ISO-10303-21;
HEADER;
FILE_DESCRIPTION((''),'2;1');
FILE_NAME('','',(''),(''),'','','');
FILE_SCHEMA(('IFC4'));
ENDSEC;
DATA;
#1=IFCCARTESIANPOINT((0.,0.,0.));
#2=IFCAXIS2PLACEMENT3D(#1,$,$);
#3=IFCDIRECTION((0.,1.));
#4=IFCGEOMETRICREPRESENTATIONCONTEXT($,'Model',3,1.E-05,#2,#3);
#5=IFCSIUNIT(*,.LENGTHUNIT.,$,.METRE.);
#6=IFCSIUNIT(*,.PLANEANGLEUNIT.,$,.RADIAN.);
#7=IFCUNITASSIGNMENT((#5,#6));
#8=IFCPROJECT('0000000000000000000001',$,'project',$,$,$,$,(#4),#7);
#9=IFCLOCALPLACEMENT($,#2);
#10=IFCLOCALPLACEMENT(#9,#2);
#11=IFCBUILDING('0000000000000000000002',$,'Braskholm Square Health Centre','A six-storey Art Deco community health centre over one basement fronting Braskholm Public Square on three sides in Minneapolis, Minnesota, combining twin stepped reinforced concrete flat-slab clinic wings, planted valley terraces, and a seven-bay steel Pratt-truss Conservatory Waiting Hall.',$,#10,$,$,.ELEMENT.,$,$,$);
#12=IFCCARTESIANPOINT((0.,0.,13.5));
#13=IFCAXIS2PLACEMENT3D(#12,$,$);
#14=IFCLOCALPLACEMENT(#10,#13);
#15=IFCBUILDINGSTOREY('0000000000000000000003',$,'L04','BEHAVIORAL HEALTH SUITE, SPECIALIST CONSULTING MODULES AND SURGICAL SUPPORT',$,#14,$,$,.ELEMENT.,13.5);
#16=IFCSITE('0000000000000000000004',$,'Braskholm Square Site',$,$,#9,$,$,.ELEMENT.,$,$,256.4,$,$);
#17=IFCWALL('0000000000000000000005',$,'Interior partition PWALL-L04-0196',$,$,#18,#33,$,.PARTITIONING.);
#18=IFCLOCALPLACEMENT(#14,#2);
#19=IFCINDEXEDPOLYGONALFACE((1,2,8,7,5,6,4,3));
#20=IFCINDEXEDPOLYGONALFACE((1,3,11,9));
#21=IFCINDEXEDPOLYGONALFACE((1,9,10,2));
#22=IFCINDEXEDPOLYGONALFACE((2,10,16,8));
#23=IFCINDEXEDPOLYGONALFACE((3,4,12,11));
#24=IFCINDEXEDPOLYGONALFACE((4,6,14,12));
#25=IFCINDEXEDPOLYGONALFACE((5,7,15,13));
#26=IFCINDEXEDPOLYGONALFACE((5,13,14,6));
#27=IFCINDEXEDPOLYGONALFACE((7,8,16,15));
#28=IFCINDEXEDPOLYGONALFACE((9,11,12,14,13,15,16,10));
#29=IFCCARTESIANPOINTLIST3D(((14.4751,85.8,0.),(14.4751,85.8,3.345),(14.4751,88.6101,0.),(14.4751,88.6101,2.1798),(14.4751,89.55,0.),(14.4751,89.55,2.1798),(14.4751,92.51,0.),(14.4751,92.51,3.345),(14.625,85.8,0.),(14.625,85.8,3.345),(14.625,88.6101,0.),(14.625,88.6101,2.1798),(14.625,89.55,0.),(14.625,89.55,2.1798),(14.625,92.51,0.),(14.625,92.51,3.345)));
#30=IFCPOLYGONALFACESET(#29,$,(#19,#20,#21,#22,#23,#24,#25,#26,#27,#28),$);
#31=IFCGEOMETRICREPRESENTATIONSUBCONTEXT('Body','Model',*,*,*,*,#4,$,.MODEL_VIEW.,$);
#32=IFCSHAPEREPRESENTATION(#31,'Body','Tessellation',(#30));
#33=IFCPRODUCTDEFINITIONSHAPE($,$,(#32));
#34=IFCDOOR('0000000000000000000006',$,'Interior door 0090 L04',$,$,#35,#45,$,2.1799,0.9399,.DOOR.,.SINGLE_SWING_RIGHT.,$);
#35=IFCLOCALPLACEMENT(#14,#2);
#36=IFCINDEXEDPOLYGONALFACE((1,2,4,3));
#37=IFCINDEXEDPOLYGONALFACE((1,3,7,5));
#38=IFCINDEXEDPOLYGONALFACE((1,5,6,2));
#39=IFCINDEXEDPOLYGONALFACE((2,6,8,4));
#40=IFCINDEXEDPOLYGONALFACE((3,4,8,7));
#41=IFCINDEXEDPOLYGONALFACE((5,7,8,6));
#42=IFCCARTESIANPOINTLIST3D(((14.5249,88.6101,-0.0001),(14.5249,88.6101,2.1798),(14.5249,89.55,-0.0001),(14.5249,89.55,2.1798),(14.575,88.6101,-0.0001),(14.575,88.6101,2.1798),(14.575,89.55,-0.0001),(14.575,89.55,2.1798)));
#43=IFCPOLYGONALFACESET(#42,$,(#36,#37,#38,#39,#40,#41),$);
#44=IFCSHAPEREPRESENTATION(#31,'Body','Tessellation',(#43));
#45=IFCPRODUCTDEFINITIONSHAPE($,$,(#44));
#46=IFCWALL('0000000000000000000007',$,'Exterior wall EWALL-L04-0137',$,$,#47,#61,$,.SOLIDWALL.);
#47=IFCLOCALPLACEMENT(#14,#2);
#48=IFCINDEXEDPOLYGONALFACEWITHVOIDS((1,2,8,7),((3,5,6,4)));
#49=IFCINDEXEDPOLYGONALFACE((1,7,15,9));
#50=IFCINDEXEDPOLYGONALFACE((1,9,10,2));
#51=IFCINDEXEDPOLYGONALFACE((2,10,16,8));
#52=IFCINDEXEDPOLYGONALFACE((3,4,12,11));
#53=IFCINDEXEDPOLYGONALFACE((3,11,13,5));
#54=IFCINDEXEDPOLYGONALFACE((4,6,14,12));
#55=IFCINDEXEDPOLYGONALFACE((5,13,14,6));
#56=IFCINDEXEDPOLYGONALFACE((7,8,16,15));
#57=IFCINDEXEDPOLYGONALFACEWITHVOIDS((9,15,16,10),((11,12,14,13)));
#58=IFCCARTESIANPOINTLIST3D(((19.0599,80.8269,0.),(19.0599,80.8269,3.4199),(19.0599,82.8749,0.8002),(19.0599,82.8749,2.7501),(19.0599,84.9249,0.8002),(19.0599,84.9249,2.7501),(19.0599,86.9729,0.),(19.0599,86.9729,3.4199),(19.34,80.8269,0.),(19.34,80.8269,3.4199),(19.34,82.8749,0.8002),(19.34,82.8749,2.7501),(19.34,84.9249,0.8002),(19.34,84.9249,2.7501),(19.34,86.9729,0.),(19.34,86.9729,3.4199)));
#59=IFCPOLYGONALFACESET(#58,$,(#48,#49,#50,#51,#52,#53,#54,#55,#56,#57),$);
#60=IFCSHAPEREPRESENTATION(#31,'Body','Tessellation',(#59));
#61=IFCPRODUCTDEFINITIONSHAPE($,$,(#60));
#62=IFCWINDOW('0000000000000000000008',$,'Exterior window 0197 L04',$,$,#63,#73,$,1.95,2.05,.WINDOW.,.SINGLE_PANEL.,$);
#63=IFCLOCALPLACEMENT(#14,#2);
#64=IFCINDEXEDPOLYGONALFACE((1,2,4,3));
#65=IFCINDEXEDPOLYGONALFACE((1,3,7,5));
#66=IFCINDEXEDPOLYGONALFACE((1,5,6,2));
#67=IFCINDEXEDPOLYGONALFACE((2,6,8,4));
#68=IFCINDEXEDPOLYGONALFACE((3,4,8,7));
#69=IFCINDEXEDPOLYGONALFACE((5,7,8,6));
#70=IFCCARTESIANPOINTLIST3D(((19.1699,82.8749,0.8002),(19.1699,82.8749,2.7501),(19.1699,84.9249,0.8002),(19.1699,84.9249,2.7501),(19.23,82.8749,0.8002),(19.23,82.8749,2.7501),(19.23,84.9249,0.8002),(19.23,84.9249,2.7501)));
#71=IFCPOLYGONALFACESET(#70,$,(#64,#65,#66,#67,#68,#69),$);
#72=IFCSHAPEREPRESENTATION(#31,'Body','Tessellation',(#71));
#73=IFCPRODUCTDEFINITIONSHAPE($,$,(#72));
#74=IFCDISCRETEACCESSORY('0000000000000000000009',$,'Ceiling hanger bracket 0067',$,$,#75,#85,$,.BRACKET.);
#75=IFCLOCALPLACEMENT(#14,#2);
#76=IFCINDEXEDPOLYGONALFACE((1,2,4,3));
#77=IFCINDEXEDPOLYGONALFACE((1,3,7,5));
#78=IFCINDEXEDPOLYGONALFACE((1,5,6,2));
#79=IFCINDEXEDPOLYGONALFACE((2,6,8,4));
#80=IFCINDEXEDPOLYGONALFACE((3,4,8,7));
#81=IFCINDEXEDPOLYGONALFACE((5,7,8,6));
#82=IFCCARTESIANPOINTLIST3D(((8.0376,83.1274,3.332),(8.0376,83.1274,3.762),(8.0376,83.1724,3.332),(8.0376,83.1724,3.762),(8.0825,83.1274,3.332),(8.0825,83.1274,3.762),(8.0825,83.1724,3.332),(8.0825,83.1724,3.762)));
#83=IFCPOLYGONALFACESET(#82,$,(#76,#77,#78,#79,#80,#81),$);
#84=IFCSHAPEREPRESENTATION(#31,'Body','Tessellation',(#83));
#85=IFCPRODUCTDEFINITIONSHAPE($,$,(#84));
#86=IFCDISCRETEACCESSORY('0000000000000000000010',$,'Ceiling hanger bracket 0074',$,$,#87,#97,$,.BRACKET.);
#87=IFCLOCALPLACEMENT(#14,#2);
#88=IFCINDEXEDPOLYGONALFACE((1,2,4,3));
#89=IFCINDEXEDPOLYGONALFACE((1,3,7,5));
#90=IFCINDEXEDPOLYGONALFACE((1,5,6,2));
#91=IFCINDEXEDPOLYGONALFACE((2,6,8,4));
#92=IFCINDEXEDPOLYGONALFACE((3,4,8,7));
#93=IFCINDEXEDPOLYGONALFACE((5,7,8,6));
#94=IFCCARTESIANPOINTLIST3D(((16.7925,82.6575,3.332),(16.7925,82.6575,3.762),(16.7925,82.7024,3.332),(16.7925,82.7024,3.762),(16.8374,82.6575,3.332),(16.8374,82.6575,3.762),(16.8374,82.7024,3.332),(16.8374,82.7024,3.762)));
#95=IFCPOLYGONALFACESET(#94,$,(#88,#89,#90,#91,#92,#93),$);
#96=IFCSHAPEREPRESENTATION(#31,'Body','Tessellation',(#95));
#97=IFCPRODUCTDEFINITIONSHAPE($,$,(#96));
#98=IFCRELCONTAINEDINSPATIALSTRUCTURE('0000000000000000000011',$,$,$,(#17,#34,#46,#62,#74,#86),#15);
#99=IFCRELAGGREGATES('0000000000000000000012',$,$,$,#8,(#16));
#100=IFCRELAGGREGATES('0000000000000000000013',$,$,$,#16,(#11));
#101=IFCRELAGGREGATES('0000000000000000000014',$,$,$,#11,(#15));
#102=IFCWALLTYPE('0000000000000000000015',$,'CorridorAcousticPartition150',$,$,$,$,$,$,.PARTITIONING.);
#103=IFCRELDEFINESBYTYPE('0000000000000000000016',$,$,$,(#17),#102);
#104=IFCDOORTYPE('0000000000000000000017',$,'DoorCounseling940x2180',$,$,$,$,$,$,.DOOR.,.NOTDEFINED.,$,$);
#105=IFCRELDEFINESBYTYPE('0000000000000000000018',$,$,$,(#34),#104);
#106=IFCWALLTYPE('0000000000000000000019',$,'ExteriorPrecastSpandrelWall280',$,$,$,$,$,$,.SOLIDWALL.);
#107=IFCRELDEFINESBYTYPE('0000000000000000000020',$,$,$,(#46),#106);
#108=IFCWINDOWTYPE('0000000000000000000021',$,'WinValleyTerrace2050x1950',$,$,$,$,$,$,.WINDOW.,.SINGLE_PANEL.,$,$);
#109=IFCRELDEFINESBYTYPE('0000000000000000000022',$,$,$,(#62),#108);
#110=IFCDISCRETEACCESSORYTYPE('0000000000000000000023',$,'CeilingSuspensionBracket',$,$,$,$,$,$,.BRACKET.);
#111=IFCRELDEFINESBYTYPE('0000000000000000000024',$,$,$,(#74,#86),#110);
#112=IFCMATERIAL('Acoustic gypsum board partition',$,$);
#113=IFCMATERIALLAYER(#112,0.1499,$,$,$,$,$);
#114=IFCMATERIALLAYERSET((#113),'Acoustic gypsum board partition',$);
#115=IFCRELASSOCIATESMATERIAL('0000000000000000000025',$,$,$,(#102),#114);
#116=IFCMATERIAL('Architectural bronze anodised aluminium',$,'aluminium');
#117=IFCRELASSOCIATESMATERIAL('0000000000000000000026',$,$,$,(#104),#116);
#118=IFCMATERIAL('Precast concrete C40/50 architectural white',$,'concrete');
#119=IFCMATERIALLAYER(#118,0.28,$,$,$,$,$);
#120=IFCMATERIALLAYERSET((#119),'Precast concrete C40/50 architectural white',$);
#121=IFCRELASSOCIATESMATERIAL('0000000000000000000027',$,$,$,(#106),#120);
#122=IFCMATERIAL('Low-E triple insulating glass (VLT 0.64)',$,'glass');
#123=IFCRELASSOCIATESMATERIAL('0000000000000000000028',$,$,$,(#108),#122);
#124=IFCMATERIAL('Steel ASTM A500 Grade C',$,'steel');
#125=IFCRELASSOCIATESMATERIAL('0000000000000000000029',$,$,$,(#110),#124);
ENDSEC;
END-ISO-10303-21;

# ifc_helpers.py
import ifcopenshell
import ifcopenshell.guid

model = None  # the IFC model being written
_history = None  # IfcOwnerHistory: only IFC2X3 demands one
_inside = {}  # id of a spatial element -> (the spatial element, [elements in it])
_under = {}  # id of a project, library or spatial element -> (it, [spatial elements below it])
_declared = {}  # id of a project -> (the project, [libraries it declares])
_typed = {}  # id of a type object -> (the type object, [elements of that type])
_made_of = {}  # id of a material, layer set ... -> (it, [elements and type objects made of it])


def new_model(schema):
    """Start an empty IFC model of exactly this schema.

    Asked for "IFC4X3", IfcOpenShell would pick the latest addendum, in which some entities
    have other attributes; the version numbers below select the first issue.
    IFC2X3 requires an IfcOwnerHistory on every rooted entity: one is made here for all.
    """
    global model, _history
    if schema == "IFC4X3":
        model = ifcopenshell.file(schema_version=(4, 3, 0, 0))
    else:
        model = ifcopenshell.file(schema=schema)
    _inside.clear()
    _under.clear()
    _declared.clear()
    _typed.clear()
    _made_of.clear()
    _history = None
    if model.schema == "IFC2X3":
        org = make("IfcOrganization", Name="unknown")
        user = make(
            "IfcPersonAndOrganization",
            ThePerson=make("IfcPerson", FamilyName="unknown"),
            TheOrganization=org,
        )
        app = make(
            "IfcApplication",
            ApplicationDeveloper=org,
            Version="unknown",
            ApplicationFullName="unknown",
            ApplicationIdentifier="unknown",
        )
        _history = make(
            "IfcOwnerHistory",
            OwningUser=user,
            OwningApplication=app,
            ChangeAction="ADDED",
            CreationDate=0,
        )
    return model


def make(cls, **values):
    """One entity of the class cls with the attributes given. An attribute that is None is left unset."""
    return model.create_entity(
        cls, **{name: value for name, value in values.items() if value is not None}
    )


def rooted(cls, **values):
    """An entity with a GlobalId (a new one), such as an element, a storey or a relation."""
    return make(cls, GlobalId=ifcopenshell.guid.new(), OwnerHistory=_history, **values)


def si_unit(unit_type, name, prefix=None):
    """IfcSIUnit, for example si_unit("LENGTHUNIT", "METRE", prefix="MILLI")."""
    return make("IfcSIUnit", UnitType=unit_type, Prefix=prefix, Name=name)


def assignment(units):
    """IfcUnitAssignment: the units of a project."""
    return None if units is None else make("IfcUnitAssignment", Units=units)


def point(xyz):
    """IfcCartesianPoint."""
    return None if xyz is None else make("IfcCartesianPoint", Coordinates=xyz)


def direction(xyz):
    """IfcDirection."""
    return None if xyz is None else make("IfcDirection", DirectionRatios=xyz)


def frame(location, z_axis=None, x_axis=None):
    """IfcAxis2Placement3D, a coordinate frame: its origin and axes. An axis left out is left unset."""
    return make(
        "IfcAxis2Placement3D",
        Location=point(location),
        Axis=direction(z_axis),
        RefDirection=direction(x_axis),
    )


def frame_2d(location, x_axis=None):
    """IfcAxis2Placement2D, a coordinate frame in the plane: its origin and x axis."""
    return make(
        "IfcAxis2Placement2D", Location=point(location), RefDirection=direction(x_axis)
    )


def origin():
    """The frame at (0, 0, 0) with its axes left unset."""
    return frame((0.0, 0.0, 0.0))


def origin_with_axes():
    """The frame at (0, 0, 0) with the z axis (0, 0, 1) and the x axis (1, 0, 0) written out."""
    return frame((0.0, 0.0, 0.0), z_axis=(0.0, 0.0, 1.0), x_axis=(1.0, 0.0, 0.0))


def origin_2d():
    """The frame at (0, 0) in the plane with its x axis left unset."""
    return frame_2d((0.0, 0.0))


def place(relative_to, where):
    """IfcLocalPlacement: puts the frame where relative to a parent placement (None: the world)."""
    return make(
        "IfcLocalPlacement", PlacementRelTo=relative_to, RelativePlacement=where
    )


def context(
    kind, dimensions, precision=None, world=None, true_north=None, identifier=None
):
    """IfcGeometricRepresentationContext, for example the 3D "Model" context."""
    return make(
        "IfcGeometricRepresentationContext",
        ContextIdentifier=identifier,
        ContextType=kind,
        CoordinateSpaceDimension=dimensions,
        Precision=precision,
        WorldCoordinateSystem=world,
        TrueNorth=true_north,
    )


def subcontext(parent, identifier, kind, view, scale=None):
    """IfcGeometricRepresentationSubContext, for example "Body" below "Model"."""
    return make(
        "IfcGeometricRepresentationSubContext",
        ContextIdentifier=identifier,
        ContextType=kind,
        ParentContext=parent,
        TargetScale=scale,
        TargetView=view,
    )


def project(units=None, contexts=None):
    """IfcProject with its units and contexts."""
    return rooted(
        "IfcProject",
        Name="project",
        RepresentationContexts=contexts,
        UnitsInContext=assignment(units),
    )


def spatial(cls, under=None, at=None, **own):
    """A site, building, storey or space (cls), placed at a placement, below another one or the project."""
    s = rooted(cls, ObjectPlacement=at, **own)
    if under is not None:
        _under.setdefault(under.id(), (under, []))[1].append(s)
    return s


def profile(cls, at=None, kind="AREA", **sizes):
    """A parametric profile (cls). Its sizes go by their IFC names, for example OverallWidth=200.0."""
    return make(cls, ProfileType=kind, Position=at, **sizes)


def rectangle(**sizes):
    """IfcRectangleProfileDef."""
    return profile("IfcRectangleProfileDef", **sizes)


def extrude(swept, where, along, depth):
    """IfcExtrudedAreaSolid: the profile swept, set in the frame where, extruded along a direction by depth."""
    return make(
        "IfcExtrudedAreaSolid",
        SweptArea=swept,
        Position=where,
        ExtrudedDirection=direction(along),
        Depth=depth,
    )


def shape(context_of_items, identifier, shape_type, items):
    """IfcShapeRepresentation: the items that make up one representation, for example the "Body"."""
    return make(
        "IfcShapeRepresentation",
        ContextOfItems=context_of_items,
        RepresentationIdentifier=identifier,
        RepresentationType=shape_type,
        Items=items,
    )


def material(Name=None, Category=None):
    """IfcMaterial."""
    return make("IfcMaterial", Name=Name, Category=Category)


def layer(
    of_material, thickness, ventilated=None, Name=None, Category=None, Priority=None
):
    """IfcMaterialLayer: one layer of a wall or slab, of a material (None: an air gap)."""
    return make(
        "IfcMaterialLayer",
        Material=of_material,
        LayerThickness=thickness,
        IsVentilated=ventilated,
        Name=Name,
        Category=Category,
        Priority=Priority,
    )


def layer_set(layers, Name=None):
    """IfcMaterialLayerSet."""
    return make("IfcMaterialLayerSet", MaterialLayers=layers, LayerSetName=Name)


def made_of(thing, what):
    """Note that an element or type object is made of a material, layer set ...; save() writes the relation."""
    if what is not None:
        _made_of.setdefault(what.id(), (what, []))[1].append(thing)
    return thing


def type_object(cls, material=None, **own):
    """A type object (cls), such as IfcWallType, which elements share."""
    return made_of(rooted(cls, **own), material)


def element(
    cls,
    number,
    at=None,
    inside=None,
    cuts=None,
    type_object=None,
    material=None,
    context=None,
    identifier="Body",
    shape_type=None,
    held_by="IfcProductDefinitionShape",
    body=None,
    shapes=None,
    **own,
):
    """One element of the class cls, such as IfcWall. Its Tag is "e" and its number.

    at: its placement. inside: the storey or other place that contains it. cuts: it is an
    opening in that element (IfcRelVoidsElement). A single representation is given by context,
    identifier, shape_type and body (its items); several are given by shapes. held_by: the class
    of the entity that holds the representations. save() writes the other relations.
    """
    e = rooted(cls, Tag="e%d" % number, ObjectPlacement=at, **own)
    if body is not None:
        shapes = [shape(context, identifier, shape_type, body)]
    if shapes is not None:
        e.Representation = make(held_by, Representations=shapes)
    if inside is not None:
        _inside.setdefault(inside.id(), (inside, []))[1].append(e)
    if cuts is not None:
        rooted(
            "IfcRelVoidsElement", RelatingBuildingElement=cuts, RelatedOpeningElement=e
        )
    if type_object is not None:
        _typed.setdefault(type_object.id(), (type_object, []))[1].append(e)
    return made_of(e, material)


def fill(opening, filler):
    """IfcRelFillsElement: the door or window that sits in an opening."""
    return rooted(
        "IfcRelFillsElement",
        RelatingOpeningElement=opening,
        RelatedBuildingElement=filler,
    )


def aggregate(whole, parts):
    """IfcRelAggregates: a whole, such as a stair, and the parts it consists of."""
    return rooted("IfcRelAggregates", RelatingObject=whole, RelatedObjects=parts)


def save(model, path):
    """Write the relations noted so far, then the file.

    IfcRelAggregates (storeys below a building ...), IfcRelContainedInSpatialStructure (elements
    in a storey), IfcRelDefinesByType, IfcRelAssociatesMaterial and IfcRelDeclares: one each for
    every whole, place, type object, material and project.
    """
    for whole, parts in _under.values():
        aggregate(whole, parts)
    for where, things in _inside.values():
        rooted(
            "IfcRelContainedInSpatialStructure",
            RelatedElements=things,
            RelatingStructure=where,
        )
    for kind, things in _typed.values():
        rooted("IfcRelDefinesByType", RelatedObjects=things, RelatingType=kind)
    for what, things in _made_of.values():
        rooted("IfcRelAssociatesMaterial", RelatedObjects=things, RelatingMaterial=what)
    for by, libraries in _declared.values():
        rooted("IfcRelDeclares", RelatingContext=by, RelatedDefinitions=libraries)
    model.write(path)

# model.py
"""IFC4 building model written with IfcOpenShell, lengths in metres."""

from ifc_helpers import new_model, si_unit, direction, frame, frame_2d, origin, origin_with_axes, origin_2d, place, context, subcontext, project, spatial, rectangle, extrude, material, layer, layer_set, type_object, element, fill, save


model = new_model("IFC4")

# Units and contexts
model_context = context("Model", 3, precision=1e-05, world=origin(), true_north=direction((0.0, 1.0)))
body_context = subcontext(model_context, "Body", "Model", "MODEL_VIEW")
ifc_project = project(units=[si_unit("LENGTHUNIT", "METRE"), si_unit("PLANEANGLEUNIT", "RADIAN")], contexts=[model_context])

# Site, building, storey
site_placement = place(None, origin())
site = spatial("IfcSite", under=ifc_project, at=site_placement, Name="Braskholm Square Site", CompositionType="ELEMENT", RefElevation=256.4)
building_placement = place(site_placement, origin())
building = spatial("IfcBuilding", under=site, at=building_placement, Name="Braskholm Square Health Centre", Description="A six-storey Art Deco community health centre over one basement fronting Braskholm Public Square on three sides in Minneapolis, Minnesota, combining twin stepped reinforced concrete flat-slab clinic wings, planted valley terraces, and a seven-bay steel Pratt-truss Conservatory Waiting Hall.", CompositionType="ELEMENT")
storey_placement = place(building_placement, frame((0.0, 0.0, 13.5)))
storey = spatial("IfcBuildingStorey", under=building, at=storey_placement, Name="L04", Description="BEHAVIORAL HEALTH SUITE, SPECIALIST CONSULTING MODULES AND SURGICAL SUPPORT", CompositionType="ELEMENT", Elevation=13.5)

# Shared definitions
ifc_material_1 = material(Name="Low-E triple insulating glass (VLT 0.64)", Category="glass")
ifc_material_2 = material(Name="Architectural bronze anodised aluminium", Category="aluminium")

# Wall, opening, door
ifc_material_3 = material(Name="Acoustic gypsum board partition")
ifc_layer_1 = layer(ifc_material_3, 0.1499)
ifc_layer_set_1 = layer_set([ifc_layer_1], Name="Acoustic gypsum board partition")
wall_type_1 = type_object("IfcWallType", Name="CorridorAcousticPartition150", PredefinedType="PARTITIONING", material=ifc_layer_set_1)
wall_1_placement = place(storey_placement, frame((14.55, 85.8, 0.0), z_axis=(0.0, 0.0, 1.0), x_axis=(0.0, 1.0, 0.0)))
wall_1 = element("IfcWall", 1, at=wall_1_placement, inside=storey, type_object=wall_type_1, Name="Interior partition PWALL-L04-0196", PredefinedType="PARTITIONING", context=body_context, shape_type="SweptSolid", body=[
    extrude(rectangle(XDim=6.71, YDim=0.1499, at=frame_2d((3.355, 0.0))), origin(), (0.0, 0.0, 1.0), 3.345),
])
opening_1_placement = place(wall_1_placement, frame((2.8101, 0.0, 0.0)))
opening_1 = element("IfcOpeningElement", 2, at=opening_1_placement, cuts=wall_1, PredefinedType="OPENING", context=body_context, shape_type="SweptSolid", body=[
    extrude(rectangle(XDim=0.9399, YDim=2.1799, at=frame_2d((0.47, 1.0898))), frame((0.0, 0.085, 0.0), z_axis=(0.0, -1.0, 0.0), x_axis=(1.0, 0.0, 0.0)), (0.0, 0.0, 1.0), 0.1699),
])
door_type_1 = type_object("IfcDoorType", Name="DoorCounseling940x2180", OperationType="NOTDEFINED", PredefinedType="DOOR", material=ifc_material_2)
door_1_placement = place(opening_1_placement, frame((0.9399, 0.0, 0.0), z_axis=(0.0, 0.0, 1.0), x_axis=(-1.0, 0.0, 0.0)))
door_1 = element("IfcDoor", 3, at=door_1_placement, inside=storey, type_object=door_type_1, Name="Interior door 0090 L04", OperationType="SINGLE_SWING_RIGHT", OverallHeight=2.1799, OverallWidth=0.9399, PredefinedType="DOOR", context=body_context, shape_type="SweptSolid", body=[
    extrude(rectangle(XDim=0.9399, YDim=2.1799, at=frame_2d((0.47, 1.0898))), frame((0.0, 0.0249, 0.0), z_axis=(0.0, -1.0, 0.0), x_axis=(1.0, 0.0, 0.0)), (0.0, 0.0, 1.0), 0.05),
])
fill(opening_1, door_1)

# Wall, opening, window
ifc_material_4 = material(Name="Precast concrete C40/50 architectural white", Category="concrete")
ifc_layer_2 = layer(ifc_material_4, 0.28)
ifc_layer_set_2 = layer_set([ifc_layer_2], Name="Precast concrete C40/50 architectural white")
wall_type_2 = type_object("IfcWallType", Name="ExteriorPrecastSpandrelWall280", PredefinedType="SOLIDWALL", material=ifc_layer_set_2)
wall_2_placement = place(storey_placement, frame((19.2, 80.8269, 0.0), z_axis=(0.0, 0.0, 1.0), x_axis=(0.0, 1.0, 0.0)))
wall_2 = element("IfcWall", 4, at=wall_2_placement, inside=storey, type_object=wall_type_2, Name="Exterior wall EWALL-L04-0137", PredefinedType="SOLIDWALL", context=body_context, shape_type="SweptSolid", body=[
    extrude(rectangle(XDim=6.146, YDim=0.28, at=frame_2d((3.073, 0.0))), origin(), (0.0, 0.0, 1.0), 3.4199),
])
opening_2_placement = place(wall_2_placement, frame((2.0481, 0.0, 0.8)))
opening_2 = element("IfcOpeningElement", 5, at=opening_2_placement, cuts=wall_2, PredefinedType="OPENING", context=body_context, shape_type="SweptSolid", body=[
    extrude(rectangle(XDim=2.05, YDim=1.95, at=frame_2d((1.0249, 0.9751))), frame((0.0, 0.1499, 0.0), z_axis=(0.0, -1.0, 0.0), x_axis=(1.0, 0.0, 0.0)), (0.0, 0.0, 1.0), 0.3),
])
window_type = type_object("IfcWindowType", Name="WinValleyTerrace2050x1950", PartitioningType="SINGLE_PANEL", PredefinedType="WINDOW", material=ifc_material_1)
window_placement = place(opening_2_placement, origin_with_axes())
window = element("IfcWindow", 6, at=window_placement, inside=storey, type_object=window_type, Name="Exterior window 0197 L04", OverallHeight=1.95, OverallWidth=2.05, PartitioningType="SINGLE_PANEL", PredefinedType="WINDOW", context=body_context, shape_type="SweptSolid", body=[
    extrude(rectangle(XDim=2.05, YDim=1.95, at=frame_2d((1.0249, 0.9751))), frame((0.0, 0.03, 0.0), z_axis=(0.0, -1.0, 0.0), x_axis=(1.0, 0.0, 0.0)), (0.0, 0.0, 1.0), 0.0601),
])
fill(opening_2, window)

# Discrete accessories
ifc_material_5 = material(Name="Steel ASTM A500 Grade C", Category="steel")
discrete_accessory_type = type_object("IfcDiscreteAccessoryType", Name="CeilingSuspensionBracket", PredefinedType="BRACKET", material=ifc_material_5)
for number, where, z_axis, x_axis, name in (
    (7, (8.0601, 83.1499, 3.332), (0.0, 0.0, 1.0), (1.0, 0.0, 0.0), "Ceiling hanger bracket 0067"),
    (8, (16.8149, 82.6799, 3.332), (0.0, 0.0, 1.0), (1.0, 0.0, 0.0), "Ceiling hanger bracket 0074"),
):
    element("IfcDiscreteAccessory", number, at=place(storey_placement, frame(where, z_axis=z_axis, x_axis=x_axis)), inside=storey, type_object=discrete_accessory_type, Name=name, PredefinedType="BRACKET", context=body_context, shape_type="SweptSolid", body=[
        extrude(rectangle(XDim=0.0449, YDim=0.0449, at=origin_2d()), origin(), (0.0, 0.0, 1.0), 0.4299),
    ])

save(model, "model.ifc")
